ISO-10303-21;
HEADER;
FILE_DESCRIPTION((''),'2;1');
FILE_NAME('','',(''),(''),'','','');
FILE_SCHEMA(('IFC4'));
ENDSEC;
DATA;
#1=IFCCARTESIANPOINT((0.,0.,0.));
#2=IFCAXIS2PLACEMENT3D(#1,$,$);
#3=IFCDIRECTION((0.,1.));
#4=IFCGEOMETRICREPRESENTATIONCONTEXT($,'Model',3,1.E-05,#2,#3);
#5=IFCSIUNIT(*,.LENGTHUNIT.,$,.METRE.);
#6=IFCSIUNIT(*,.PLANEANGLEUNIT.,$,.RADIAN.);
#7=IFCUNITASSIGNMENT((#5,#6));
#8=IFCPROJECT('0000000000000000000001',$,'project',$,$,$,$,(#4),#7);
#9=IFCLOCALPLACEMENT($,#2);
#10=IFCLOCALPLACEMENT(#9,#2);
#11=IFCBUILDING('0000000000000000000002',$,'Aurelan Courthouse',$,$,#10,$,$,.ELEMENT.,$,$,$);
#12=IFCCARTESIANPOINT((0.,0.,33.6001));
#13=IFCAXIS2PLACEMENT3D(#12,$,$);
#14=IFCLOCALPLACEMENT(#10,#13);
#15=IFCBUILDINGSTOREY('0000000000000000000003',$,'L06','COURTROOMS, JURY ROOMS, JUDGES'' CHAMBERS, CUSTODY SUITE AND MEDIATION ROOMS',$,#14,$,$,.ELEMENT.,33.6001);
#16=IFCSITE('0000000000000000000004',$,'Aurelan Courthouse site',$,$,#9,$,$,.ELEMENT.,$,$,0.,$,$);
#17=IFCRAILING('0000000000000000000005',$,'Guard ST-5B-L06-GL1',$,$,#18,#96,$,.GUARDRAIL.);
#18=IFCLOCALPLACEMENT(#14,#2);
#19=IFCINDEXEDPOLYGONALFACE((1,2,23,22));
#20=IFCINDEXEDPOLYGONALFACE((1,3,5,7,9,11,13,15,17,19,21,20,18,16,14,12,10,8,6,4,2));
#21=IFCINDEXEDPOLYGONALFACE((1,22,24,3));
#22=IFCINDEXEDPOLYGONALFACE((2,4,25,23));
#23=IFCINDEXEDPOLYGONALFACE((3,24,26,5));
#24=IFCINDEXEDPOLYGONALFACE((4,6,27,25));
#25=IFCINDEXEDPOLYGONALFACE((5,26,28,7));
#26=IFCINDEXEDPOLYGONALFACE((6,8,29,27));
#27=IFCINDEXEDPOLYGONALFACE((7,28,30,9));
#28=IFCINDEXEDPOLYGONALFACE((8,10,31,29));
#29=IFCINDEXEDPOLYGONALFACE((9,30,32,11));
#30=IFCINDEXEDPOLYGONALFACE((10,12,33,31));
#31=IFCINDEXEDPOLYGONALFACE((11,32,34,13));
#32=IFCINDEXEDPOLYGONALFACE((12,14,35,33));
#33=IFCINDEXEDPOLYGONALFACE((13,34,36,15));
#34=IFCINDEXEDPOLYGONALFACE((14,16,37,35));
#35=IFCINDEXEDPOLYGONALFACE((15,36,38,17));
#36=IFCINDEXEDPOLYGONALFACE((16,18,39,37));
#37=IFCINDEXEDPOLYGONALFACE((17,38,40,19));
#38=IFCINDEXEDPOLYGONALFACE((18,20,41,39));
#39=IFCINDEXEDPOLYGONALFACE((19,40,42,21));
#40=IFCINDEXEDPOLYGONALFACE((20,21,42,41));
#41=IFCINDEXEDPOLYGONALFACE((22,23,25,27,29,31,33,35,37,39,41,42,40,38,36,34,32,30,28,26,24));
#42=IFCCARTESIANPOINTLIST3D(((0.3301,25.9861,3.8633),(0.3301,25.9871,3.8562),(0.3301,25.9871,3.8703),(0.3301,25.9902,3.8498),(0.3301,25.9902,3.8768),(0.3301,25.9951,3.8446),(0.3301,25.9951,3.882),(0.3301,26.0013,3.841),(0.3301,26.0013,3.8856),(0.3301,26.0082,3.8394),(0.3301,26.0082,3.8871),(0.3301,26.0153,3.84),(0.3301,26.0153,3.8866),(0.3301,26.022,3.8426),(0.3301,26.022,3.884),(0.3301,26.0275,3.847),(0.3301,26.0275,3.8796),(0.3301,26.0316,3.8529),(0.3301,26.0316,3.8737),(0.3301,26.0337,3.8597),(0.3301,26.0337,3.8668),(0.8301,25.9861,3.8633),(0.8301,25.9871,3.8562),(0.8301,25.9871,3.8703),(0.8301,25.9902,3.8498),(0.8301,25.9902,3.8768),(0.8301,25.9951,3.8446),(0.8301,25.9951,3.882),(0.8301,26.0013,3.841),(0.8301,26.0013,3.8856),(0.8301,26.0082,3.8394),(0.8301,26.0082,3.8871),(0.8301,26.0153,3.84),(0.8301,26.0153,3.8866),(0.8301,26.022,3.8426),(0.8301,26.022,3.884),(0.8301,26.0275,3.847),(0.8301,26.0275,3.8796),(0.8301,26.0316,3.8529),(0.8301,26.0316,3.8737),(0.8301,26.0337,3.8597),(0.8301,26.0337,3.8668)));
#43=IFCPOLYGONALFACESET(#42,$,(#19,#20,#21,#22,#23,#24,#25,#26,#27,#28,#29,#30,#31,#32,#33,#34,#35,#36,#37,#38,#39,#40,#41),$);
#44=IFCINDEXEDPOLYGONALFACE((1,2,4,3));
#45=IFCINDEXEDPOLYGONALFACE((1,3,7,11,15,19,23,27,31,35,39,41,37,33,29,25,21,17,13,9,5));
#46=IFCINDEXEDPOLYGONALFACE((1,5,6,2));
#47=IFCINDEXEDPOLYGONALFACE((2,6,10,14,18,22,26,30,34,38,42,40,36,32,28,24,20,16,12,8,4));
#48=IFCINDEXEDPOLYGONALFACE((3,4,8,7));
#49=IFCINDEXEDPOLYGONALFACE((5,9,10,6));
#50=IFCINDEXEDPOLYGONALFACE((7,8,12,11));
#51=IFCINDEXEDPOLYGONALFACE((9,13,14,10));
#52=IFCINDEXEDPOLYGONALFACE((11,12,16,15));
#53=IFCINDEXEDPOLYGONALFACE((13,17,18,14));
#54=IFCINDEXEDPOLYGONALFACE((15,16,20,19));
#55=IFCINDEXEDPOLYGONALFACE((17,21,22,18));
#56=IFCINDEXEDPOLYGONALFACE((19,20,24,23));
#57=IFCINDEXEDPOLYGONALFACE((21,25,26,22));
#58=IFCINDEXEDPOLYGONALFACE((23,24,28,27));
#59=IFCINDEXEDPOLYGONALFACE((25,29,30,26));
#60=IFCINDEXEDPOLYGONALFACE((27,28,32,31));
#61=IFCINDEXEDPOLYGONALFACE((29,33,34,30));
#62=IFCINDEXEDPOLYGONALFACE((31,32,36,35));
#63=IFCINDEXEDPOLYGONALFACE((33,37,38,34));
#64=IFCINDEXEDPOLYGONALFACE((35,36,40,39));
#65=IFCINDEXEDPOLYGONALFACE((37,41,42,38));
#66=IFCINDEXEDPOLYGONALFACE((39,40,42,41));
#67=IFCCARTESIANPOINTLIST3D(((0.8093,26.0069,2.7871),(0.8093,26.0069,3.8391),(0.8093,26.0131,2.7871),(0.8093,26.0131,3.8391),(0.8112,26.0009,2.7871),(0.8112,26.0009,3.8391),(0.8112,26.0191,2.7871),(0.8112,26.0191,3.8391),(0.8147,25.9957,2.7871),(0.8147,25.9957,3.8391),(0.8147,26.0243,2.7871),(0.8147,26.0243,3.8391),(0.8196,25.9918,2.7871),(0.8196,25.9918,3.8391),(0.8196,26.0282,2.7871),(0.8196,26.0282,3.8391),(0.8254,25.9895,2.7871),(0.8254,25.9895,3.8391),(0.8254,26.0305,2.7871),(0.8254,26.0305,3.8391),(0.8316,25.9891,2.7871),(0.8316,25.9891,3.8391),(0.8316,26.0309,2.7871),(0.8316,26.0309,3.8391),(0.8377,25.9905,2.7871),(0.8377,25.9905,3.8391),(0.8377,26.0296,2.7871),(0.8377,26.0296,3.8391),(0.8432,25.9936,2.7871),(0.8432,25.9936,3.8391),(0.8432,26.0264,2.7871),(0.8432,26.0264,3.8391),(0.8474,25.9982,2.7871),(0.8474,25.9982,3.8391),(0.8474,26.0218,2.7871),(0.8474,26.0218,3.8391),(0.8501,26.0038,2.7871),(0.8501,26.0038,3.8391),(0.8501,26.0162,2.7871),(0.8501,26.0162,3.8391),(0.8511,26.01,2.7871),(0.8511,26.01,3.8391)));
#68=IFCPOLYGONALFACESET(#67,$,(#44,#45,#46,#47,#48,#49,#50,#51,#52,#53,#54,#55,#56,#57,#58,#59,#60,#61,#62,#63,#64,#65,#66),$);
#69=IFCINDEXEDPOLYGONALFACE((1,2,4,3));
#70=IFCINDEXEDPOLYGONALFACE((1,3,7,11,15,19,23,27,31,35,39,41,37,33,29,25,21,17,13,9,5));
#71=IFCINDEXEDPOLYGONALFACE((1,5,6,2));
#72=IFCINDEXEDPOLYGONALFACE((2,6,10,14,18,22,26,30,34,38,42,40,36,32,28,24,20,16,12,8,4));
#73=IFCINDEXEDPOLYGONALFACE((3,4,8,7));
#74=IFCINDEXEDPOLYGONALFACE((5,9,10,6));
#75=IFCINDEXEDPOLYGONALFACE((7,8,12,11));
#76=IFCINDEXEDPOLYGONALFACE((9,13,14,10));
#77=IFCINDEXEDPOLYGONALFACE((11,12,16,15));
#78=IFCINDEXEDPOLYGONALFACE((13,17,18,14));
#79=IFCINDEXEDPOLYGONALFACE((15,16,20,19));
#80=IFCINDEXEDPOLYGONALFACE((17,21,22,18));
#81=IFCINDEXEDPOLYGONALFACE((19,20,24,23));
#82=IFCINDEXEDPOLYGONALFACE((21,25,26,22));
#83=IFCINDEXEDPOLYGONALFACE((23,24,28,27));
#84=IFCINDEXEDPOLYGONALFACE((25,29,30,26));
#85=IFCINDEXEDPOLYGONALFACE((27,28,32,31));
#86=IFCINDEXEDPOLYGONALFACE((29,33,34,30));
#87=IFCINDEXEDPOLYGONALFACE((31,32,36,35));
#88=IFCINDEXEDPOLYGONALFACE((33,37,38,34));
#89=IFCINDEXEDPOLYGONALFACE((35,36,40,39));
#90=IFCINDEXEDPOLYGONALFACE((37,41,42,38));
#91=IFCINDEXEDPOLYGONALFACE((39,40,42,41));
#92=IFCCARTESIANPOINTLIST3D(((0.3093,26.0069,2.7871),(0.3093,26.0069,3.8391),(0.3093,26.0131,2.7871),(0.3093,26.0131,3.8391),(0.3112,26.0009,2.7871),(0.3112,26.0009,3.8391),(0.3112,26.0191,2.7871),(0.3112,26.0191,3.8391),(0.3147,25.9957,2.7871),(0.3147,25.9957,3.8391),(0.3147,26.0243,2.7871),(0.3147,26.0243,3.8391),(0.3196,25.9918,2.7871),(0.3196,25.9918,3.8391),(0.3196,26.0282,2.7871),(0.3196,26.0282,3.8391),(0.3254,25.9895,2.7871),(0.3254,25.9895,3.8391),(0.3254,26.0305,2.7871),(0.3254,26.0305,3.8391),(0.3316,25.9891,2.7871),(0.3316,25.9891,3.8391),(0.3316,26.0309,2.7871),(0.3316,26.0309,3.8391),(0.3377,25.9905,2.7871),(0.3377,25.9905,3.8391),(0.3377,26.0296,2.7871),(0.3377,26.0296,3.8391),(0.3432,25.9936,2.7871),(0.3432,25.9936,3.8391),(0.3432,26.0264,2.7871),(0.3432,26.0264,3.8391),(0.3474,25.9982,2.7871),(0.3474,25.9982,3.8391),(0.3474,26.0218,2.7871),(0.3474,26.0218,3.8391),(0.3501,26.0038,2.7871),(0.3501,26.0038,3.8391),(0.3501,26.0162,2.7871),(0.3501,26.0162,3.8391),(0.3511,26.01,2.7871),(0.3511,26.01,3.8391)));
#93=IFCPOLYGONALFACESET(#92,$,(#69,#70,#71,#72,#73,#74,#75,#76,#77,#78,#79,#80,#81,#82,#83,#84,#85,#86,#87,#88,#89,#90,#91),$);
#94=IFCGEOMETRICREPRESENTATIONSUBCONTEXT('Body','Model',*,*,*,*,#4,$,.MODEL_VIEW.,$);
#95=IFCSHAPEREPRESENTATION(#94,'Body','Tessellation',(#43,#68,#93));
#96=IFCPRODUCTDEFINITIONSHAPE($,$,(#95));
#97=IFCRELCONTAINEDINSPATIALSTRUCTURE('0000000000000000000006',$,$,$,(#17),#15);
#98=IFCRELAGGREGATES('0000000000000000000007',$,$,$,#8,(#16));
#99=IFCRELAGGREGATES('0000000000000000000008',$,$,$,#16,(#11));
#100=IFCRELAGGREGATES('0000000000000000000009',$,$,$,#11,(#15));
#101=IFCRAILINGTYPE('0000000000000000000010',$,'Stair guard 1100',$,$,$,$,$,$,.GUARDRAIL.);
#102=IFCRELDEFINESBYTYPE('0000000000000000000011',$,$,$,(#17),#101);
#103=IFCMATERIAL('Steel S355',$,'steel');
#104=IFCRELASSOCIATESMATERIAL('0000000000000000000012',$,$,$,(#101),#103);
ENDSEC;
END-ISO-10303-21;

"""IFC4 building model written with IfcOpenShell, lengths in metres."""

from ifc_helpers import new_model, si_unit, direction, frame, origin, origin_2d, place, context, subcontext, project, spatial, circle, extrude, material, type_object, element, save


model = new_model("IFC4")

# Units and contexts
model_context = context("Model", 3, precision=1e-05, world=origin(), true_north=direction((0.0, 1.0)))
body_context = subcontext(model_context, "Body", "Model", "MODEL_VIEW")
ifc_project = project(units=[si_unit("LENGTHUNIT", "METRE"), si_unit("PLANEANGLEUNIT", "RADIAN")], contexts=[model_context])

# Site, building, storey
site_placement = place(None, origin())
site = spatial("IfcSite", under=ifc_project, at=site_placement, Name="Aurelan Courthouse site", CompositionType="ELEMENT", RefElevation=0.0)
building_placement = place(site_placement, origin())
building = spatial("IfcBuilding", under=site, at=building_placement, Name="Aurelan Courthouse", CompositionType="ELEMENT")
storey_placement = place(building_placement, frame((0.0, 0.0, 33.6001)))
storey = spatial("IfcBuildingStorey", under=building, at=storey_placement, Name="L06", Description="COURTROOMS, JURY ROOMS, JUDGES' CHAMBERS, CUSTODY SUITE AND MEDIATION ROOMS", CompositionType="ELEMENT", Elevation=33.6001)

# Railing
ifc_material_1 = material(Name="Steel S355", Category="steel")
railing_type_1 = type_object("IfcRailingType", Name="Stair guard 1100", PredefinedType="GUARDRAIL", material=ifc_material_1)
railing_1_placement = place(storey_placement, frame((0.8301, 26.01, 2.7871)))
element("IfcRailing", 1, at=railing_1_placement, inside=storey, type_object=railing_type_1, Name="Guard ST-5B-L06-GL1", PredefinedType="GUARDRAIL", context=body_context, shape_type="SweptSolid", body=[
    extrude(circle(Radius=0.0239, at=origin_2d()), frame((0.0, 0.0, 1.0762), z_axis=(-1.0, 0.0, 0.0), x_axis=(0.0, -1.0, 0.0)), (0.0, 0.0, 1.0), 0.5),
    extrude(circle(Radius=0.021, at=origin_2d()), origin(), (0.0, 0.0, 1.0), 1.052),
    extrude(circle(Radius=0.021, at=origin_2d()), frame((-0.5, 0.0, 0.0)), (0.0, 0.0, 1.0), 1.052),
])

save(model, "model.ifc")
